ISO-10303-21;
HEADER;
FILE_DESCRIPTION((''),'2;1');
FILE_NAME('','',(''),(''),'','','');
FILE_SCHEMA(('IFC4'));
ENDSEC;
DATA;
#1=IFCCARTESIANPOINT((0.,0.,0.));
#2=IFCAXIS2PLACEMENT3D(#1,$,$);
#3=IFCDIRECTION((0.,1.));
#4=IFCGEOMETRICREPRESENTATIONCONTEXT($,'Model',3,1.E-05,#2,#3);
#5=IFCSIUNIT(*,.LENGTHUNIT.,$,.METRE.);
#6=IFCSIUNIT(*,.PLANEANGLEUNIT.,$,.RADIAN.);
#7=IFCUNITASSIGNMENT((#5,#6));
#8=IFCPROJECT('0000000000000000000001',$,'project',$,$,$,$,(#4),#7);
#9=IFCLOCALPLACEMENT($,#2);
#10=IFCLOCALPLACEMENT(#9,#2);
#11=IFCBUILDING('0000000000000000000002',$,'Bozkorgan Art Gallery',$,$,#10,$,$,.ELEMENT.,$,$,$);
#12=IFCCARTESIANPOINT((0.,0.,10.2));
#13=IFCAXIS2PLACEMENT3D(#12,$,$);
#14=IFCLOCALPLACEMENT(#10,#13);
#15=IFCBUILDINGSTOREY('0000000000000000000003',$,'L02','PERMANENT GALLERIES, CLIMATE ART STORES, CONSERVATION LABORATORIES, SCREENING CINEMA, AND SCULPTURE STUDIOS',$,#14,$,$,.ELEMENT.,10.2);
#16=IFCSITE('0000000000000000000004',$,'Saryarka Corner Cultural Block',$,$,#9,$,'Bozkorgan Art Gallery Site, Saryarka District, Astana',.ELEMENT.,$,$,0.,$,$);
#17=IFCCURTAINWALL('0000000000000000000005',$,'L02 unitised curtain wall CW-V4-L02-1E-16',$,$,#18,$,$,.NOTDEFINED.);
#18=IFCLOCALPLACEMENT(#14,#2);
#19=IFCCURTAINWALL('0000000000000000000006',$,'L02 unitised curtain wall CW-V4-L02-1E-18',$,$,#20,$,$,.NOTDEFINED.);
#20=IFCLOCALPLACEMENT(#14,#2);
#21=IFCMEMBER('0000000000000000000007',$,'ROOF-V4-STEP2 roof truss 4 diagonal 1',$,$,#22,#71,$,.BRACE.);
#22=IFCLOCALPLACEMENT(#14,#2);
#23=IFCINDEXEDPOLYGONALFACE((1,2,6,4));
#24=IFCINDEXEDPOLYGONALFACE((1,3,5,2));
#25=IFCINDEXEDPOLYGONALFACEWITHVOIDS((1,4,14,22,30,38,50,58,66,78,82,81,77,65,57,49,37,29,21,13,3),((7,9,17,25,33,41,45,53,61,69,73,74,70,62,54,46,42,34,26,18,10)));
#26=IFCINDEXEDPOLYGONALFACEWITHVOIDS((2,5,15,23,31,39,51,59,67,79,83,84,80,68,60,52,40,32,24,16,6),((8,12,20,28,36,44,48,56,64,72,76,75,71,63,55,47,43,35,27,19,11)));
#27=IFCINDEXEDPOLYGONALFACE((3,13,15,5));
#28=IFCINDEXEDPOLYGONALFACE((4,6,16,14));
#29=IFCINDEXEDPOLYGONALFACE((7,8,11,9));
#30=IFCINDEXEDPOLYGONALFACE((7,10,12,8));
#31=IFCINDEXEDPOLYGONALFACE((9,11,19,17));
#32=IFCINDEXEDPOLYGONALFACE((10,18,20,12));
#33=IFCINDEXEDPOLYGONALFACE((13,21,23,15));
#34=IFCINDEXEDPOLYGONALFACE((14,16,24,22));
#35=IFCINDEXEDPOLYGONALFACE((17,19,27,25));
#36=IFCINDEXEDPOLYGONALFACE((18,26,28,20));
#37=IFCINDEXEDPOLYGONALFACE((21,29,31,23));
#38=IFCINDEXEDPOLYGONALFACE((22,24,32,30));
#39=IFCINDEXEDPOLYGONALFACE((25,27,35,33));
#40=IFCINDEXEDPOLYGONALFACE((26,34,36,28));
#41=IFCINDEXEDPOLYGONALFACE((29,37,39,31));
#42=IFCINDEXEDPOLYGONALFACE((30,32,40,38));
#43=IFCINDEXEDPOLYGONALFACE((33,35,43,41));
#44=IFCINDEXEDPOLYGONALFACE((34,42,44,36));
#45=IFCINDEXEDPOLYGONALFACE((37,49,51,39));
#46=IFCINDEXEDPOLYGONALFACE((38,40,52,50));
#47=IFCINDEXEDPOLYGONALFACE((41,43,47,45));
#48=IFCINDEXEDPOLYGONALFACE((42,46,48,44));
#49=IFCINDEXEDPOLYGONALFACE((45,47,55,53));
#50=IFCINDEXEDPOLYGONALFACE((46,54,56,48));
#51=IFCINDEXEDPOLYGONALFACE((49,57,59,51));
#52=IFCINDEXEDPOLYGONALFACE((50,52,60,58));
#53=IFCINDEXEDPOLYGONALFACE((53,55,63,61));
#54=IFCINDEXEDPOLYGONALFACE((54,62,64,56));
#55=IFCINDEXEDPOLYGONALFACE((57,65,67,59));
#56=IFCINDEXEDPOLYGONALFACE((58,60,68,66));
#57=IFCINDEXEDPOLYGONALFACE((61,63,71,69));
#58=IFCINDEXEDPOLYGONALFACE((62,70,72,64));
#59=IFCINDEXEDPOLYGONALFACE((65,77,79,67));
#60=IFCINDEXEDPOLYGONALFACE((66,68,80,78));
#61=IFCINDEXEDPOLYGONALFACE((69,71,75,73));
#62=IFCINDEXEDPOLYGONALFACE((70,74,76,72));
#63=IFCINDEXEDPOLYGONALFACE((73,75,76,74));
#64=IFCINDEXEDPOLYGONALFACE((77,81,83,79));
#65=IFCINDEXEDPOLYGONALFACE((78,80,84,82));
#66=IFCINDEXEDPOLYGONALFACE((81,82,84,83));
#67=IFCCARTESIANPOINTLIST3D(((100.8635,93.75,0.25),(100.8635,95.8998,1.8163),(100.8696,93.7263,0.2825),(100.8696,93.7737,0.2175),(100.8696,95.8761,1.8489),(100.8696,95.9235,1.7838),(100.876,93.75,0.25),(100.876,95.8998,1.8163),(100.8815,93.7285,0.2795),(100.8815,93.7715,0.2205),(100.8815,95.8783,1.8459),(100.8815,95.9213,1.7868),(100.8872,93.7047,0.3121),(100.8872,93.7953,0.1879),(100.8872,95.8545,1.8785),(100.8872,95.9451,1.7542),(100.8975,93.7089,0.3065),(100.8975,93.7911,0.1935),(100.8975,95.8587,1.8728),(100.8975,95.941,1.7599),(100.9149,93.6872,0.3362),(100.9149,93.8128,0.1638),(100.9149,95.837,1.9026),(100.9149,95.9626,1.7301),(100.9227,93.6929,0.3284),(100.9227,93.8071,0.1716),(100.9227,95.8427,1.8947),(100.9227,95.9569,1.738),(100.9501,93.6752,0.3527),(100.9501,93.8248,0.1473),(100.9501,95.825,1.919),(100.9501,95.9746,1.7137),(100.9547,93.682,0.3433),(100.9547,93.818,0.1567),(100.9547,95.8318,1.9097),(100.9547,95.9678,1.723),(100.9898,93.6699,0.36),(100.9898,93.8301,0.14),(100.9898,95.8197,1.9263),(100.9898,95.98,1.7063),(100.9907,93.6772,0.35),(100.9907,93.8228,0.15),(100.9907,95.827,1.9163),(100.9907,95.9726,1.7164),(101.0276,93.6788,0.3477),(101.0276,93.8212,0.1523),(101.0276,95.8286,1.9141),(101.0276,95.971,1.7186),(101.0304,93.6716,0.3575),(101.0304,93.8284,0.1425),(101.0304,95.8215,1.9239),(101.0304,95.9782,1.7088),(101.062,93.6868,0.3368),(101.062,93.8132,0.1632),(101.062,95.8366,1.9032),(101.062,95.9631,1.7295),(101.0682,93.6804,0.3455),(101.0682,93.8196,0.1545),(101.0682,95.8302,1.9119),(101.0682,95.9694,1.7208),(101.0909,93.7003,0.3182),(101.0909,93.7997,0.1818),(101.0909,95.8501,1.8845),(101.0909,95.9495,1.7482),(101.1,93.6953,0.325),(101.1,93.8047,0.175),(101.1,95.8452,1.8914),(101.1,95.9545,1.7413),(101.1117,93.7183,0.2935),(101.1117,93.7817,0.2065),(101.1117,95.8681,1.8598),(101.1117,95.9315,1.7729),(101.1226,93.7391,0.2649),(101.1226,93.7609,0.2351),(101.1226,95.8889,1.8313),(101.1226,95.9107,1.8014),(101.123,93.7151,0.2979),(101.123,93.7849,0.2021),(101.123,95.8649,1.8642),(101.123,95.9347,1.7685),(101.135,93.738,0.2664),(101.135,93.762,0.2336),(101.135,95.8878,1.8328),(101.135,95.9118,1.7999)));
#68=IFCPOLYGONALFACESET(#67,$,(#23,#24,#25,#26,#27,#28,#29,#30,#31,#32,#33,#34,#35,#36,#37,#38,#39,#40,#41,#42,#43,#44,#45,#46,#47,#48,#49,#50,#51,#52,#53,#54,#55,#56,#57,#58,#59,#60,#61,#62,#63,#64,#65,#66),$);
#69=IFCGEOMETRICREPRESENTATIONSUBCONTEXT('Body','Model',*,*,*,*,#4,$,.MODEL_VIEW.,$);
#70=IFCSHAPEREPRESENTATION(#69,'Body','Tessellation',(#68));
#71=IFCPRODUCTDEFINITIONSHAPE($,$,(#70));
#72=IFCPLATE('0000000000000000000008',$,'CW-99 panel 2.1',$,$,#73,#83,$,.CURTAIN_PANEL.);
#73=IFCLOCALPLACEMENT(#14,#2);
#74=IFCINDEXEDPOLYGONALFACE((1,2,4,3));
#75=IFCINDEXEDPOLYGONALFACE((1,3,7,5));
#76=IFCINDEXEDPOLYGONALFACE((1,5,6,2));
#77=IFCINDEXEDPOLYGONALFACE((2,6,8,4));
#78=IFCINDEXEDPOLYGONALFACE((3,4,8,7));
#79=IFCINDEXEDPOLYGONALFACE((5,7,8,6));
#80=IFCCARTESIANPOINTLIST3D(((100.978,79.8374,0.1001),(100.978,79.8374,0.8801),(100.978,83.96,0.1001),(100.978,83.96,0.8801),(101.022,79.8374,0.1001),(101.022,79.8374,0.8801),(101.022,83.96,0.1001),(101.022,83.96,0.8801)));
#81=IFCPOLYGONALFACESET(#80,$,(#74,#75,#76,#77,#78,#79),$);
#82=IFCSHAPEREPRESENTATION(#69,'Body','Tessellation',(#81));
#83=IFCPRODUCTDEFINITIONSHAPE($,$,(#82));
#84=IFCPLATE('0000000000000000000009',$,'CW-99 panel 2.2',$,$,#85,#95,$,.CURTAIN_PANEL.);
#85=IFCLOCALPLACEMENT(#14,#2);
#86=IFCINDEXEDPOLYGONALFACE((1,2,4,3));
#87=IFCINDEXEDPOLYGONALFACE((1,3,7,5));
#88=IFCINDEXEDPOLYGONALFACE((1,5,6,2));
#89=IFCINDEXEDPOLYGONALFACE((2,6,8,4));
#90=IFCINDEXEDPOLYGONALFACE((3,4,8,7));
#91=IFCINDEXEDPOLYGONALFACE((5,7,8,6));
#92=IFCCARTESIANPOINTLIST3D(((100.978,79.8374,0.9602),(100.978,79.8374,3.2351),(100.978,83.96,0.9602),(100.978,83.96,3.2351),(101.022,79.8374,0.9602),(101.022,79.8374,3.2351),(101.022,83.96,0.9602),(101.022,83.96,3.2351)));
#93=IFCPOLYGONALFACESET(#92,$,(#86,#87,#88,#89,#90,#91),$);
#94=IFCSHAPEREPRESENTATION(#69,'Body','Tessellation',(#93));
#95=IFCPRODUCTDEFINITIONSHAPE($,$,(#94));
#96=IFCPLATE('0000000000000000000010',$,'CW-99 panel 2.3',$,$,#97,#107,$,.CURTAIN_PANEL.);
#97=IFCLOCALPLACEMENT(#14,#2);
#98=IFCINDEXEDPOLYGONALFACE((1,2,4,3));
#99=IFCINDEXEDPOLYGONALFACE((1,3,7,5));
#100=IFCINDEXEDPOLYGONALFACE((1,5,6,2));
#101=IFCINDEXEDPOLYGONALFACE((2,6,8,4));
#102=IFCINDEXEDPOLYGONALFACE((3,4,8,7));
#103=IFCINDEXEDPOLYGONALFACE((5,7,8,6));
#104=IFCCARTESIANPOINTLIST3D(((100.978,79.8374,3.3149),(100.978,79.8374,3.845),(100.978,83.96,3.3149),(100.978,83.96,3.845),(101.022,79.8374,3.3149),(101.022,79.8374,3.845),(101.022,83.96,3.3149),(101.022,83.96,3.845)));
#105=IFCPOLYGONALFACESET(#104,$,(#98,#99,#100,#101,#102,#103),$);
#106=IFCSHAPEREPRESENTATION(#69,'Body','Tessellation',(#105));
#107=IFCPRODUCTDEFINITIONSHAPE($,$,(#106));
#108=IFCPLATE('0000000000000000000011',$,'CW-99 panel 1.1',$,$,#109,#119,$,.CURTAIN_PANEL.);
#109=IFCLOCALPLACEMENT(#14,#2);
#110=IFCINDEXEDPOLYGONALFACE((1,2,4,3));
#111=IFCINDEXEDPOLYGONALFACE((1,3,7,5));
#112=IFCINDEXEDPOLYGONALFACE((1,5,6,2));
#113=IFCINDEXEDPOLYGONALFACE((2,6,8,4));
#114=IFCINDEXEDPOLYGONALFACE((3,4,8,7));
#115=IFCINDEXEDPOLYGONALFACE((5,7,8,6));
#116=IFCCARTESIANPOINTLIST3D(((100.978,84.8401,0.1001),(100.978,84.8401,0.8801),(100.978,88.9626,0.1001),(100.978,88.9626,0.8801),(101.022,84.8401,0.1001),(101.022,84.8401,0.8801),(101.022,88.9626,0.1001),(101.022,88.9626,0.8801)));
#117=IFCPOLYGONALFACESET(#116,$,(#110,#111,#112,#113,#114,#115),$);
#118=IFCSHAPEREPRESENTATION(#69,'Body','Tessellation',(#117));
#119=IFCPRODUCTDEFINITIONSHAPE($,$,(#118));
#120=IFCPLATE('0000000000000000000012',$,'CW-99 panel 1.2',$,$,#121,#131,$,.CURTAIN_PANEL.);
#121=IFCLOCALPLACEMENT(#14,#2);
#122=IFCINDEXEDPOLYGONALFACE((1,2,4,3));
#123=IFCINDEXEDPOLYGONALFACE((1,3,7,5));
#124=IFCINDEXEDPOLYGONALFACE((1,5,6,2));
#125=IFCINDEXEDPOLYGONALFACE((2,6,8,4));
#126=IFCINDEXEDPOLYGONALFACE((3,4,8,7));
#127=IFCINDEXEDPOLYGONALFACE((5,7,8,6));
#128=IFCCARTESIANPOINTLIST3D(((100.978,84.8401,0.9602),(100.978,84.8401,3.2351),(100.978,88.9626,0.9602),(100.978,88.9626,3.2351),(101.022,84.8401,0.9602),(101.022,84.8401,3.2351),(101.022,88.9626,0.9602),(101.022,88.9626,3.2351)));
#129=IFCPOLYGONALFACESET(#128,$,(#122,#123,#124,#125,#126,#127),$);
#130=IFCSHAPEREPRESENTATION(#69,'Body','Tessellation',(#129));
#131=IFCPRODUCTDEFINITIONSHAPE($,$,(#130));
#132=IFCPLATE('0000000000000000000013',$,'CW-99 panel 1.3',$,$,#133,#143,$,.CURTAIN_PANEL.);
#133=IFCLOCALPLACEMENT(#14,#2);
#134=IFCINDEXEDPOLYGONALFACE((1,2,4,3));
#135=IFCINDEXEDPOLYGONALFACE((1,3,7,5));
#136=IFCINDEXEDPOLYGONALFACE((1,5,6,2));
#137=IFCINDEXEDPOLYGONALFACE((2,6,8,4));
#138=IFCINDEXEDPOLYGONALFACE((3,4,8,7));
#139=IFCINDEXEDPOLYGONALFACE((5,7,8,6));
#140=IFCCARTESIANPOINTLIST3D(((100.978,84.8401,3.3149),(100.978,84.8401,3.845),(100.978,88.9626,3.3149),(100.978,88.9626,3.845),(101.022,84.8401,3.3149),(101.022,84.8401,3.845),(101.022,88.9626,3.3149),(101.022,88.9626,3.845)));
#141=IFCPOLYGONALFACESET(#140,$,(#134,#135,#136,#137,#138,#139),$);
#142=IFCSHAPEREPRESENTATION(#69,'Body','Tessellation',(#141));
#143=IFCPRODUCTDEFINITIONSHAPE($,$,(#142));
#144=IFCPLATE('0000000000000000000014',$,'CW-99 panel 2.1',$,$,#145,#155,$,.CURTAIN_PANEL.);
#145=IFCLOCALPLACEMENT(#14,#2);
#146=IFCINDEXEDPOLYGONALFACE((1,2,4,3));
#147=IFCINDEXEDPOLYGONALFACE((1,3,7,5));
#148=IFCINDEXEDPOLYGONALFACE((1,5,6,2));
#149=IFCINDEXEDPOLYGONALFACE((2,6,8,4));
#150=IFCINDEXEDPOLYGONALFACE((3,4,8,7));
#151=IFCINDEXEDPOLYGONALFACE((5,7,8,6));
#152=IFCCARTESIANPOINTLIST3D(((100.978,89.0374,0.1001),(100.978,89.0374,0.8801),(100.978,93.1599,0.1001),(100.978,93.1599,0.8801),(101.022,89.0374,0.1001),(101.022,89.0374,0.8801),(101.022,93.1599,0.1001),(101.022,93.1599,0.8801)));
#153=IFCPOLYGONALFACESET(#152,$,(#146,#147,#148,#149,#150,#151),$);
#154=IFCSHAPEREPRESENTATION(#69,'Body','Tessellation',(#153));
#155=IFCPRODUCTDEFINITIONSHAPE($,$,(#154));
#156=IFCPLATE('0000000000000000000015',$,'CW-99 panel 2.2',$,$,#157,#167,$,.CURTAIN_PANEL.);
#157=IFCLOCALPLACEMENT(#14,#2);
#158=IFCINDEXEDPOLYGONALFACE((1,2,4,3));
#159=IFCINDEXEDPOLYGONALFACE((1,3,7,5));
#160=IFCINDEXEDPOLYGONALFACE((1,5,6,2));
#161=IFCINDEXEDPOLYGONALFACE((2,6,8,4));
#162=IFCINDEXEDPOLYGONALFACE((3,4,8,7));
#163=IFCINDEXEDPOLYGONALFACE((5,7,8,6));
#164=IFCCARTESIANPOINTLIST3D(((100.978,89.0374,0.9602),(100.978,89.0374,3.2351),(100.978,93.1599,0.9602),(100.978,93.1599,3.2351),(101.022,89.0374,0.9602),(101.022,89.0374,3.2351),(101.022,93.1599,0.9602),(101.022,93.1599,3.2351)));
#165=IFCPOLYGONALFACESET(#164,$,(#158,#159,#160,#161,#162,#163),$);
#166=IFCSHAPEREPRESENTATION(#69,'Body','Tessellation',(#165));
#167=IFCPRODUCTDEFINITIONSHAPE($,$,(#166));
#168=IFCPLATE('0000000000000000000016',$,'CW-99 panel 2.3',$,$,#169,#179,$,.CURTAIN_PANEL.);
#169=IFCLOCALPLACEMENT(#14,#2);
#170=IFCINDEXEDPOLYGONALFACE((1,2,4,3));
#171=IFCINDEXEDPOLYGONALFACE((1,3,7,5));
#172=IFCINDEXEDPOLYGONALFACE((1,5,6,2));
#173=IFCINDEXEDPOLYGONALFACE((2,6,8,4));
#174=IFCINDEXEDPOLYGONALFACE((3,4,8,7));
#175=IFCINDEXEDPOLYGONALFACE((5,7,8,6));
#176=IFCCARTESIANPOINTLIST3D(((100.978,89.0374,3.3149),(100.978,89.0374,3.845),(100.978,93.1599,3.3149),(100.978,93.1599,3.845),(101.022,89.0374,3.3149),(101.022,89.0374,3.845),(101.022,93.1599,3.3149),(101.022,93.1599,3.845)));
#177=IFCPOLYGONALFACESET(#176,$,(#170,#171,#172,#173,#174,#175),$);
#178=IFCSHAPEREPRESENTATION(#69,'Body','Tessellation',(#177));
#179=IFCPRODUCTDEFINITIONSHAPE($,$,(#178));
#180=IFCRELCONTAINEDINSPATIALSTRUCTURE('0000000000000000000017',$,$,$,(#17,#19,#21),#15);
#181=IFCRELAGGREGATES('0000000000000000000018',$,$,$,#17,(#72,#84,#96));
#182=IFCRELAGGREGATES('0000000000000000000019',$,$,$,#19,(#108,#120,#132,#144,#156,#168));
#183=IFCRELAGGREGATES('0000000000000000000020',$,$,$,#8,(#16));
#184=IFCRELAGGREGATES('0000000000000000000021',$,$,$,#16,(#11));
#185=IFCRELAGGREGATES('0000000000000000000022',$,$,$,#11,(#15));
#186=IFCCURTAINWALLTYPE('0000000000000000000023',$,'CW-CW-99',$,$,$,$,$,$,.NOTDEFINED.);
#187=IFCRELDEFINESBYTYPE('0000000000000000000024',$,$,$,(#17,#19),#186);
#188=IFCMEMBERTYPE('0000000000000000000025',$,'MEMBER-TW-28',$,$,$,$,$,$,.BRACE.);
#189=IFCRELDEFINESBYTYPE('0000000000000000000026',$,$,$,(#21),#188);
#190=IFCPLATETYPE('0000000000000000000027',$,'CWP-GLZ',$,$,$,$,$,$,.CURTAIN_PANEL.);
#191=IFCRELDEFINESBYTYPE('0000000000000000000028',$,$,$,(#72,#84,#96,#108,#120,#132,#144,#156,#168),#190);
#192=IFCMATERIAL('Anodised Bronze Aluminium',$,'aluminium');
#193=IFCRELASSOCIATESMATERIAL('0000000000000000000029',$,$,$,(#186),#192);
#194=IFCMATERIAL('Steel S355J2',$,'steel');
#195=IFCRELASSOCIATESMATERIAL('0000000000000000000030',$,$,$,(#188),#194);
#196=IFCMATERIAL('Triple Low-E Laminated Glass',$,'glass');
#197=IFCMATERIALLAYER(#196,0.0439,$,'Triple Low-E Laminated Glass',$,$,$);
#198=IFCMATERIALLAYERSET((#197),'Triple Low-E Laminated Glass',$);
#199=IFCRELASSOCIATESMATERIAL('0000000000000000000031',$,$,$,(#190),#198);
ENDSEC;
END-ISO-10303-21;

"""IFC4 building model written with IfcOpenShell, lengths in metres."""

from ifc_helpers import new_model, si_unit, direction, frame, origin, origin_2d, place, context, subcontext, project, spatial, rectangle, hollow_circle, extrude, material, layer, layer_set, material_profile, profile_set, type_object, element, aggregate, save


model = new_model("IFC4")

# Units and contexts
model_context = context("Model", 3, precision=1e-05, world=origin(), true_north=direction((0.0, 1.0)))
body_context = subcontext(model_context, "Body", "Model", "MODEL_VIEW")
ifc_project = project(units=[si_unit("LENGTHUNIT", "METRE"), si_unit("PLANEANGLEUNIT", "RADIAN")], contexts=[model_context])

# Site, building, storey
site_placement = place(None, origin())
site = spatial("IfcSite", under=ifc_project, at=site_placement, Name="Saryarka Corner Cultural Block", LongName="Bozkorgan Art Gallery Site, Saryarka District, Astana", CompositionType="ELEMENT", RefElevation=0.0)
building_placement = place(site_placement, origin())
building = spatial("IfcBuilding", under=site, at=building_placement, Name="Bozkorgan Art Gallery", CompositionType="ELEMENT")
storey_placement = place(building_placement, frame((0.0, 0.0, 10.2)))
storey = spatial("IfcBuildingStorey", under=building, at=storey_placement, Name="L02", Description="PERMANENT GALLERIES, CLIMATE ART STORES, CONSERVATION LABORATORIES, SCREENING CINEMA, AND SCULPTURE STUDIOS", CompositionType="ELEMENT", Elevation=10.2)

# Shared definitions
ifc_material_1 = material(Name="Steel S355J2", Category="steel")

# Curtain wall
ifc_material_2 = material(Name="Anodised Bronze Aluminium", Category="aluminium")
curtain_wall_type = type_object("IfcCurtainWallType", Name="CW-CW-99", PredefinedType="NOTDEFINED", material=ifc_material_2)
curtain_wall_1_placement = place(storey_placement, origin())
curtain_wall_1 = element("IfcCurtainWall", 1, at=curtain_wall_1_placement, inside=storey, type_object=curtain_wall_type, Name="L02 unitised curtain wall CW-V4-L02-1E-16", PredefinedType="NOTDEFINED")

# Curtain wall
curtain_wall_2_placement = place(storey_placement, origin())
curtain_wall_2 = element("IfcCurtainWall", 2, at=curtain_wall_2_placement, inside=storey, type_object=curtain_wall_type, Name="L02 unitised curtain wall CW-V4-L02-1E-18", PredefinedType="NOTDEFINED")

# Member
ifc_material_profile_1 = material_profile(ifc_material_1, hollow_circle(Radius=0.1365, WallThickness=0.0125, at=origin_2d()), Name="CHS 273x12.5")
ifc_profile_set_1 = profile_set([ifc_material_profile_1], Name="Steel S355J2")
member_type_1 = type_object("IfcMemberType", Name="MEMBER-TW-28", PredefinedType="BRACE", material=ifc_profile_set_1)
member_1_placement = place(storey_placement, frame((101.0, 93.75, 0.25), z_axis=(0.0, 0.808228, 0.58887), x_axis=(-1.0, 0.0, 0.0)))
element("IfcMember", 3, at=member_1_placement, inside=storey, type_object=member_type_1, Name="ROOF-V4-STEP2 roof truss 4 diagonal 1", PredefinedType="BRACE", context=body_context, shape_type="SweptSolid", body=[
    extrude(hollow_circle(Radius=0.1365, WallThickness=0.0125, at=origin_2d()), origin(), (0.0, 0.0, 1.0), 2.6599),
])

# Plates
ifc_material_3 = material(Name="Triple Low-E Laminated Glass", Category="glass")
ifc_layer = layer(ifc_material_3, 0.0439, Name="Triple Low-E Laminated Glass")
ifc_layer_set = layer_set([ifc_layer], Name="Triple Low-E Laminated Glass")
plate_type = type_object("IfcPlateType", Name="CWP-GLZ", PredefinedType="CURTAIN_PANEL", material=ifc_layer_set)
plate_1_placement = place(storey_placement, frame((101.0, 81.8987, 0.1001), z_axis=(0.0, 0.0, 1.0), x_axis=(0.0, 1.0, 0.0)))
plate_1 = element("IfcPlate", 4, at=plate_1_placement, type_object=plate_type, Name="CW-99 panel 2.1", PredefinedType="CURTAIN_PANEL", context=body_context, shape_type="SweptSolid", body=[
    extrude(rectangle(XDim=4.1226, YDim=0.0439, at=origin_2d()), origin(), (0.0, 0.0, 1.0), 0.78),
])
plate_2_placement = place(storey_placement, frame((101.0, 81.8987, 0.9602), z_axis=(0.0, 0.0, 1.0), x_axis=(0.0, 1.0, 0.0)))
plate_2 = element("IfcPlate", 5, at=plate_2_placement, type_object=plate_type, Name="CW-99 panel 2.2", PredefinedType="CURTAIN_PANEL", context=body_context, shape_type="SweptSolid", body=[
    extrude(rectangle(XDim=4.1226, YDim=0.0439, at=origin_2d()), origin(), (0.0, 0.0, 1.0), 2.2749),
])
plate_3_placement = place(storey_placement, frame((101.0, 81.8987, 3.3149), z_axis=(0.0, 0.0, 1.0), x_axis=(0.0, 1.0, 0.0)))
plate_3 = element("IfcPlate", 6, at=plate_3_placement, type_object=plate_type, Name="CW-99 panel 2.3", PredefinedType="CURTAIN_PANEL", context=body_context, shape_type="SweptSolid", body=[
    extrude(rectangle(XDim=4.1226, YDim=0.0439, at=origin_2d()), origin(), (0.0, 0.0, 1.0), 0.53),
])
aggregate(curtain_wall_1, [plate_1, plate_2, plate_3])
plate_4_placement = place(storey_placement, frame((101.0, 86.9014, 0.1001), z_axis=(0.0, 0.0, 1.0), x_axis=(0.0, 1.0, 0.0)))
plate_4 = element("IfcPlate", 7, at=plate_4_placement, type_object=plate_type, Name="CW-99 panel 1.1", PredefinedType="CURTAIN_PANEL", context=body_context, shape_type="SweptSolid", body=[
    extrude(rectangle(XDim=4.1226, YDim=0.0439, at=origin_2d()), origin(), (0.0, 0.0, 1.0), 0.78),
])
plate_5_placement = place(storey_placement, frame((101.0, 86.9014, 0.9602), z_axis=(0.0, 0.0, 1.0), x_axis=(0.0, 1.0, 0.0)))
plate_5 = element("IfcPlate", 8, at=plate_5_placement, type_object=plate_type, Name="CW-99 panel 1.2", PredefinedType="CURTAIN_PANEL", context=body_context, shape_type="SweptSolid", body=[
    extrude(rectangle(XDim=4.1226, YDim=0.0439, at=origin_2d()), origin(), (0.0, 0.0, 1.0), 2.2749),
])
plate_6_placement = place(storey_placement, frame((101.0, 86.9014, 3.3149), z_axis=(0.0, 0.0, 1.0), x_axis=(0.0, 1.0, 0.0)))
plate_6 = element("IfcPlate", 9, at=plate_6_placement, type_object=plate_type, Name="CW-99 panel 1.3", PredefinedType="CURTAIN_PANEL", context=body_context, shape_type="SweptSolid", body=[
    extrude(rectangle(XDim=4.1226, YDim=0.0439, at=origin_2d()), origin(), (0.0, 0.0, 1.0), 0.53),
])
plate_7_placement = place(storey_placement, frame((101.0, 91.0986, 0.1001), z_axis=(0.0, 0.0, 1.0), x_axis=(0.0, 1.0, 0.0)))
plate_7 = element("IfcPlate", 10, at=plate_7_placement, type_object=plate_type, Name="CW-99 panel 2.1", PredefinedType="CURTAIN_PANEL", context=body_context, shape_type="SweptSolid", body=[
    extrude(rectangle(XDim=4.1226, YDim=0.0439, at=origin_2d()), origin(), (0.0, 0.0, 1.0), 0.78),
])
plate_8_placement = place(storey_placement, frame((101.0, 91.0986, 0.9602), z_axis=(0.0, 0.0, 1.0), x_axis=(0.0, 1.0, 0.0)))
plate_8 = element("IfcPlate", 11, at=plate_8_placement, type_object=plate_type, Name="CW-99 panel 2.2", PredefinedType="CURTAIN_PANEL", context=body_context, shape_type="SweptSolid", body=[
    extrude(rectangle(XDim=4.1226, YDim=0.0439, at=origin_2d()), origin(), (0.0, 0.0, 1.0), 2.2749),
])
plate_9_placement = place(storey_placement, frame((101.0, 91.0986, 3.3149), z_axis=(0.0, 0.0, 1.0), x_axis=(0.0, 1.0, 0.0)))
plate_9 = element("IfcPlate", 12, at=plate_9_placement, type_object=plate_type, Name="CW-99 panel 2.3", PredefinedType="CURTAIN_PANEL", context=body_context, shape_type="SweptSolid", body=[
    extrude(rectangle(XDim=4.1226, YDim=0.0439, at=origin_2d()), origin(), (0.0, 0.0, 1.0), 0.53),
])
aggregate(curtain_wall_2, [plate_4, plate_5, plate_6, plate_7, plate_8, plate_9])

save(model, "model.ifc")
